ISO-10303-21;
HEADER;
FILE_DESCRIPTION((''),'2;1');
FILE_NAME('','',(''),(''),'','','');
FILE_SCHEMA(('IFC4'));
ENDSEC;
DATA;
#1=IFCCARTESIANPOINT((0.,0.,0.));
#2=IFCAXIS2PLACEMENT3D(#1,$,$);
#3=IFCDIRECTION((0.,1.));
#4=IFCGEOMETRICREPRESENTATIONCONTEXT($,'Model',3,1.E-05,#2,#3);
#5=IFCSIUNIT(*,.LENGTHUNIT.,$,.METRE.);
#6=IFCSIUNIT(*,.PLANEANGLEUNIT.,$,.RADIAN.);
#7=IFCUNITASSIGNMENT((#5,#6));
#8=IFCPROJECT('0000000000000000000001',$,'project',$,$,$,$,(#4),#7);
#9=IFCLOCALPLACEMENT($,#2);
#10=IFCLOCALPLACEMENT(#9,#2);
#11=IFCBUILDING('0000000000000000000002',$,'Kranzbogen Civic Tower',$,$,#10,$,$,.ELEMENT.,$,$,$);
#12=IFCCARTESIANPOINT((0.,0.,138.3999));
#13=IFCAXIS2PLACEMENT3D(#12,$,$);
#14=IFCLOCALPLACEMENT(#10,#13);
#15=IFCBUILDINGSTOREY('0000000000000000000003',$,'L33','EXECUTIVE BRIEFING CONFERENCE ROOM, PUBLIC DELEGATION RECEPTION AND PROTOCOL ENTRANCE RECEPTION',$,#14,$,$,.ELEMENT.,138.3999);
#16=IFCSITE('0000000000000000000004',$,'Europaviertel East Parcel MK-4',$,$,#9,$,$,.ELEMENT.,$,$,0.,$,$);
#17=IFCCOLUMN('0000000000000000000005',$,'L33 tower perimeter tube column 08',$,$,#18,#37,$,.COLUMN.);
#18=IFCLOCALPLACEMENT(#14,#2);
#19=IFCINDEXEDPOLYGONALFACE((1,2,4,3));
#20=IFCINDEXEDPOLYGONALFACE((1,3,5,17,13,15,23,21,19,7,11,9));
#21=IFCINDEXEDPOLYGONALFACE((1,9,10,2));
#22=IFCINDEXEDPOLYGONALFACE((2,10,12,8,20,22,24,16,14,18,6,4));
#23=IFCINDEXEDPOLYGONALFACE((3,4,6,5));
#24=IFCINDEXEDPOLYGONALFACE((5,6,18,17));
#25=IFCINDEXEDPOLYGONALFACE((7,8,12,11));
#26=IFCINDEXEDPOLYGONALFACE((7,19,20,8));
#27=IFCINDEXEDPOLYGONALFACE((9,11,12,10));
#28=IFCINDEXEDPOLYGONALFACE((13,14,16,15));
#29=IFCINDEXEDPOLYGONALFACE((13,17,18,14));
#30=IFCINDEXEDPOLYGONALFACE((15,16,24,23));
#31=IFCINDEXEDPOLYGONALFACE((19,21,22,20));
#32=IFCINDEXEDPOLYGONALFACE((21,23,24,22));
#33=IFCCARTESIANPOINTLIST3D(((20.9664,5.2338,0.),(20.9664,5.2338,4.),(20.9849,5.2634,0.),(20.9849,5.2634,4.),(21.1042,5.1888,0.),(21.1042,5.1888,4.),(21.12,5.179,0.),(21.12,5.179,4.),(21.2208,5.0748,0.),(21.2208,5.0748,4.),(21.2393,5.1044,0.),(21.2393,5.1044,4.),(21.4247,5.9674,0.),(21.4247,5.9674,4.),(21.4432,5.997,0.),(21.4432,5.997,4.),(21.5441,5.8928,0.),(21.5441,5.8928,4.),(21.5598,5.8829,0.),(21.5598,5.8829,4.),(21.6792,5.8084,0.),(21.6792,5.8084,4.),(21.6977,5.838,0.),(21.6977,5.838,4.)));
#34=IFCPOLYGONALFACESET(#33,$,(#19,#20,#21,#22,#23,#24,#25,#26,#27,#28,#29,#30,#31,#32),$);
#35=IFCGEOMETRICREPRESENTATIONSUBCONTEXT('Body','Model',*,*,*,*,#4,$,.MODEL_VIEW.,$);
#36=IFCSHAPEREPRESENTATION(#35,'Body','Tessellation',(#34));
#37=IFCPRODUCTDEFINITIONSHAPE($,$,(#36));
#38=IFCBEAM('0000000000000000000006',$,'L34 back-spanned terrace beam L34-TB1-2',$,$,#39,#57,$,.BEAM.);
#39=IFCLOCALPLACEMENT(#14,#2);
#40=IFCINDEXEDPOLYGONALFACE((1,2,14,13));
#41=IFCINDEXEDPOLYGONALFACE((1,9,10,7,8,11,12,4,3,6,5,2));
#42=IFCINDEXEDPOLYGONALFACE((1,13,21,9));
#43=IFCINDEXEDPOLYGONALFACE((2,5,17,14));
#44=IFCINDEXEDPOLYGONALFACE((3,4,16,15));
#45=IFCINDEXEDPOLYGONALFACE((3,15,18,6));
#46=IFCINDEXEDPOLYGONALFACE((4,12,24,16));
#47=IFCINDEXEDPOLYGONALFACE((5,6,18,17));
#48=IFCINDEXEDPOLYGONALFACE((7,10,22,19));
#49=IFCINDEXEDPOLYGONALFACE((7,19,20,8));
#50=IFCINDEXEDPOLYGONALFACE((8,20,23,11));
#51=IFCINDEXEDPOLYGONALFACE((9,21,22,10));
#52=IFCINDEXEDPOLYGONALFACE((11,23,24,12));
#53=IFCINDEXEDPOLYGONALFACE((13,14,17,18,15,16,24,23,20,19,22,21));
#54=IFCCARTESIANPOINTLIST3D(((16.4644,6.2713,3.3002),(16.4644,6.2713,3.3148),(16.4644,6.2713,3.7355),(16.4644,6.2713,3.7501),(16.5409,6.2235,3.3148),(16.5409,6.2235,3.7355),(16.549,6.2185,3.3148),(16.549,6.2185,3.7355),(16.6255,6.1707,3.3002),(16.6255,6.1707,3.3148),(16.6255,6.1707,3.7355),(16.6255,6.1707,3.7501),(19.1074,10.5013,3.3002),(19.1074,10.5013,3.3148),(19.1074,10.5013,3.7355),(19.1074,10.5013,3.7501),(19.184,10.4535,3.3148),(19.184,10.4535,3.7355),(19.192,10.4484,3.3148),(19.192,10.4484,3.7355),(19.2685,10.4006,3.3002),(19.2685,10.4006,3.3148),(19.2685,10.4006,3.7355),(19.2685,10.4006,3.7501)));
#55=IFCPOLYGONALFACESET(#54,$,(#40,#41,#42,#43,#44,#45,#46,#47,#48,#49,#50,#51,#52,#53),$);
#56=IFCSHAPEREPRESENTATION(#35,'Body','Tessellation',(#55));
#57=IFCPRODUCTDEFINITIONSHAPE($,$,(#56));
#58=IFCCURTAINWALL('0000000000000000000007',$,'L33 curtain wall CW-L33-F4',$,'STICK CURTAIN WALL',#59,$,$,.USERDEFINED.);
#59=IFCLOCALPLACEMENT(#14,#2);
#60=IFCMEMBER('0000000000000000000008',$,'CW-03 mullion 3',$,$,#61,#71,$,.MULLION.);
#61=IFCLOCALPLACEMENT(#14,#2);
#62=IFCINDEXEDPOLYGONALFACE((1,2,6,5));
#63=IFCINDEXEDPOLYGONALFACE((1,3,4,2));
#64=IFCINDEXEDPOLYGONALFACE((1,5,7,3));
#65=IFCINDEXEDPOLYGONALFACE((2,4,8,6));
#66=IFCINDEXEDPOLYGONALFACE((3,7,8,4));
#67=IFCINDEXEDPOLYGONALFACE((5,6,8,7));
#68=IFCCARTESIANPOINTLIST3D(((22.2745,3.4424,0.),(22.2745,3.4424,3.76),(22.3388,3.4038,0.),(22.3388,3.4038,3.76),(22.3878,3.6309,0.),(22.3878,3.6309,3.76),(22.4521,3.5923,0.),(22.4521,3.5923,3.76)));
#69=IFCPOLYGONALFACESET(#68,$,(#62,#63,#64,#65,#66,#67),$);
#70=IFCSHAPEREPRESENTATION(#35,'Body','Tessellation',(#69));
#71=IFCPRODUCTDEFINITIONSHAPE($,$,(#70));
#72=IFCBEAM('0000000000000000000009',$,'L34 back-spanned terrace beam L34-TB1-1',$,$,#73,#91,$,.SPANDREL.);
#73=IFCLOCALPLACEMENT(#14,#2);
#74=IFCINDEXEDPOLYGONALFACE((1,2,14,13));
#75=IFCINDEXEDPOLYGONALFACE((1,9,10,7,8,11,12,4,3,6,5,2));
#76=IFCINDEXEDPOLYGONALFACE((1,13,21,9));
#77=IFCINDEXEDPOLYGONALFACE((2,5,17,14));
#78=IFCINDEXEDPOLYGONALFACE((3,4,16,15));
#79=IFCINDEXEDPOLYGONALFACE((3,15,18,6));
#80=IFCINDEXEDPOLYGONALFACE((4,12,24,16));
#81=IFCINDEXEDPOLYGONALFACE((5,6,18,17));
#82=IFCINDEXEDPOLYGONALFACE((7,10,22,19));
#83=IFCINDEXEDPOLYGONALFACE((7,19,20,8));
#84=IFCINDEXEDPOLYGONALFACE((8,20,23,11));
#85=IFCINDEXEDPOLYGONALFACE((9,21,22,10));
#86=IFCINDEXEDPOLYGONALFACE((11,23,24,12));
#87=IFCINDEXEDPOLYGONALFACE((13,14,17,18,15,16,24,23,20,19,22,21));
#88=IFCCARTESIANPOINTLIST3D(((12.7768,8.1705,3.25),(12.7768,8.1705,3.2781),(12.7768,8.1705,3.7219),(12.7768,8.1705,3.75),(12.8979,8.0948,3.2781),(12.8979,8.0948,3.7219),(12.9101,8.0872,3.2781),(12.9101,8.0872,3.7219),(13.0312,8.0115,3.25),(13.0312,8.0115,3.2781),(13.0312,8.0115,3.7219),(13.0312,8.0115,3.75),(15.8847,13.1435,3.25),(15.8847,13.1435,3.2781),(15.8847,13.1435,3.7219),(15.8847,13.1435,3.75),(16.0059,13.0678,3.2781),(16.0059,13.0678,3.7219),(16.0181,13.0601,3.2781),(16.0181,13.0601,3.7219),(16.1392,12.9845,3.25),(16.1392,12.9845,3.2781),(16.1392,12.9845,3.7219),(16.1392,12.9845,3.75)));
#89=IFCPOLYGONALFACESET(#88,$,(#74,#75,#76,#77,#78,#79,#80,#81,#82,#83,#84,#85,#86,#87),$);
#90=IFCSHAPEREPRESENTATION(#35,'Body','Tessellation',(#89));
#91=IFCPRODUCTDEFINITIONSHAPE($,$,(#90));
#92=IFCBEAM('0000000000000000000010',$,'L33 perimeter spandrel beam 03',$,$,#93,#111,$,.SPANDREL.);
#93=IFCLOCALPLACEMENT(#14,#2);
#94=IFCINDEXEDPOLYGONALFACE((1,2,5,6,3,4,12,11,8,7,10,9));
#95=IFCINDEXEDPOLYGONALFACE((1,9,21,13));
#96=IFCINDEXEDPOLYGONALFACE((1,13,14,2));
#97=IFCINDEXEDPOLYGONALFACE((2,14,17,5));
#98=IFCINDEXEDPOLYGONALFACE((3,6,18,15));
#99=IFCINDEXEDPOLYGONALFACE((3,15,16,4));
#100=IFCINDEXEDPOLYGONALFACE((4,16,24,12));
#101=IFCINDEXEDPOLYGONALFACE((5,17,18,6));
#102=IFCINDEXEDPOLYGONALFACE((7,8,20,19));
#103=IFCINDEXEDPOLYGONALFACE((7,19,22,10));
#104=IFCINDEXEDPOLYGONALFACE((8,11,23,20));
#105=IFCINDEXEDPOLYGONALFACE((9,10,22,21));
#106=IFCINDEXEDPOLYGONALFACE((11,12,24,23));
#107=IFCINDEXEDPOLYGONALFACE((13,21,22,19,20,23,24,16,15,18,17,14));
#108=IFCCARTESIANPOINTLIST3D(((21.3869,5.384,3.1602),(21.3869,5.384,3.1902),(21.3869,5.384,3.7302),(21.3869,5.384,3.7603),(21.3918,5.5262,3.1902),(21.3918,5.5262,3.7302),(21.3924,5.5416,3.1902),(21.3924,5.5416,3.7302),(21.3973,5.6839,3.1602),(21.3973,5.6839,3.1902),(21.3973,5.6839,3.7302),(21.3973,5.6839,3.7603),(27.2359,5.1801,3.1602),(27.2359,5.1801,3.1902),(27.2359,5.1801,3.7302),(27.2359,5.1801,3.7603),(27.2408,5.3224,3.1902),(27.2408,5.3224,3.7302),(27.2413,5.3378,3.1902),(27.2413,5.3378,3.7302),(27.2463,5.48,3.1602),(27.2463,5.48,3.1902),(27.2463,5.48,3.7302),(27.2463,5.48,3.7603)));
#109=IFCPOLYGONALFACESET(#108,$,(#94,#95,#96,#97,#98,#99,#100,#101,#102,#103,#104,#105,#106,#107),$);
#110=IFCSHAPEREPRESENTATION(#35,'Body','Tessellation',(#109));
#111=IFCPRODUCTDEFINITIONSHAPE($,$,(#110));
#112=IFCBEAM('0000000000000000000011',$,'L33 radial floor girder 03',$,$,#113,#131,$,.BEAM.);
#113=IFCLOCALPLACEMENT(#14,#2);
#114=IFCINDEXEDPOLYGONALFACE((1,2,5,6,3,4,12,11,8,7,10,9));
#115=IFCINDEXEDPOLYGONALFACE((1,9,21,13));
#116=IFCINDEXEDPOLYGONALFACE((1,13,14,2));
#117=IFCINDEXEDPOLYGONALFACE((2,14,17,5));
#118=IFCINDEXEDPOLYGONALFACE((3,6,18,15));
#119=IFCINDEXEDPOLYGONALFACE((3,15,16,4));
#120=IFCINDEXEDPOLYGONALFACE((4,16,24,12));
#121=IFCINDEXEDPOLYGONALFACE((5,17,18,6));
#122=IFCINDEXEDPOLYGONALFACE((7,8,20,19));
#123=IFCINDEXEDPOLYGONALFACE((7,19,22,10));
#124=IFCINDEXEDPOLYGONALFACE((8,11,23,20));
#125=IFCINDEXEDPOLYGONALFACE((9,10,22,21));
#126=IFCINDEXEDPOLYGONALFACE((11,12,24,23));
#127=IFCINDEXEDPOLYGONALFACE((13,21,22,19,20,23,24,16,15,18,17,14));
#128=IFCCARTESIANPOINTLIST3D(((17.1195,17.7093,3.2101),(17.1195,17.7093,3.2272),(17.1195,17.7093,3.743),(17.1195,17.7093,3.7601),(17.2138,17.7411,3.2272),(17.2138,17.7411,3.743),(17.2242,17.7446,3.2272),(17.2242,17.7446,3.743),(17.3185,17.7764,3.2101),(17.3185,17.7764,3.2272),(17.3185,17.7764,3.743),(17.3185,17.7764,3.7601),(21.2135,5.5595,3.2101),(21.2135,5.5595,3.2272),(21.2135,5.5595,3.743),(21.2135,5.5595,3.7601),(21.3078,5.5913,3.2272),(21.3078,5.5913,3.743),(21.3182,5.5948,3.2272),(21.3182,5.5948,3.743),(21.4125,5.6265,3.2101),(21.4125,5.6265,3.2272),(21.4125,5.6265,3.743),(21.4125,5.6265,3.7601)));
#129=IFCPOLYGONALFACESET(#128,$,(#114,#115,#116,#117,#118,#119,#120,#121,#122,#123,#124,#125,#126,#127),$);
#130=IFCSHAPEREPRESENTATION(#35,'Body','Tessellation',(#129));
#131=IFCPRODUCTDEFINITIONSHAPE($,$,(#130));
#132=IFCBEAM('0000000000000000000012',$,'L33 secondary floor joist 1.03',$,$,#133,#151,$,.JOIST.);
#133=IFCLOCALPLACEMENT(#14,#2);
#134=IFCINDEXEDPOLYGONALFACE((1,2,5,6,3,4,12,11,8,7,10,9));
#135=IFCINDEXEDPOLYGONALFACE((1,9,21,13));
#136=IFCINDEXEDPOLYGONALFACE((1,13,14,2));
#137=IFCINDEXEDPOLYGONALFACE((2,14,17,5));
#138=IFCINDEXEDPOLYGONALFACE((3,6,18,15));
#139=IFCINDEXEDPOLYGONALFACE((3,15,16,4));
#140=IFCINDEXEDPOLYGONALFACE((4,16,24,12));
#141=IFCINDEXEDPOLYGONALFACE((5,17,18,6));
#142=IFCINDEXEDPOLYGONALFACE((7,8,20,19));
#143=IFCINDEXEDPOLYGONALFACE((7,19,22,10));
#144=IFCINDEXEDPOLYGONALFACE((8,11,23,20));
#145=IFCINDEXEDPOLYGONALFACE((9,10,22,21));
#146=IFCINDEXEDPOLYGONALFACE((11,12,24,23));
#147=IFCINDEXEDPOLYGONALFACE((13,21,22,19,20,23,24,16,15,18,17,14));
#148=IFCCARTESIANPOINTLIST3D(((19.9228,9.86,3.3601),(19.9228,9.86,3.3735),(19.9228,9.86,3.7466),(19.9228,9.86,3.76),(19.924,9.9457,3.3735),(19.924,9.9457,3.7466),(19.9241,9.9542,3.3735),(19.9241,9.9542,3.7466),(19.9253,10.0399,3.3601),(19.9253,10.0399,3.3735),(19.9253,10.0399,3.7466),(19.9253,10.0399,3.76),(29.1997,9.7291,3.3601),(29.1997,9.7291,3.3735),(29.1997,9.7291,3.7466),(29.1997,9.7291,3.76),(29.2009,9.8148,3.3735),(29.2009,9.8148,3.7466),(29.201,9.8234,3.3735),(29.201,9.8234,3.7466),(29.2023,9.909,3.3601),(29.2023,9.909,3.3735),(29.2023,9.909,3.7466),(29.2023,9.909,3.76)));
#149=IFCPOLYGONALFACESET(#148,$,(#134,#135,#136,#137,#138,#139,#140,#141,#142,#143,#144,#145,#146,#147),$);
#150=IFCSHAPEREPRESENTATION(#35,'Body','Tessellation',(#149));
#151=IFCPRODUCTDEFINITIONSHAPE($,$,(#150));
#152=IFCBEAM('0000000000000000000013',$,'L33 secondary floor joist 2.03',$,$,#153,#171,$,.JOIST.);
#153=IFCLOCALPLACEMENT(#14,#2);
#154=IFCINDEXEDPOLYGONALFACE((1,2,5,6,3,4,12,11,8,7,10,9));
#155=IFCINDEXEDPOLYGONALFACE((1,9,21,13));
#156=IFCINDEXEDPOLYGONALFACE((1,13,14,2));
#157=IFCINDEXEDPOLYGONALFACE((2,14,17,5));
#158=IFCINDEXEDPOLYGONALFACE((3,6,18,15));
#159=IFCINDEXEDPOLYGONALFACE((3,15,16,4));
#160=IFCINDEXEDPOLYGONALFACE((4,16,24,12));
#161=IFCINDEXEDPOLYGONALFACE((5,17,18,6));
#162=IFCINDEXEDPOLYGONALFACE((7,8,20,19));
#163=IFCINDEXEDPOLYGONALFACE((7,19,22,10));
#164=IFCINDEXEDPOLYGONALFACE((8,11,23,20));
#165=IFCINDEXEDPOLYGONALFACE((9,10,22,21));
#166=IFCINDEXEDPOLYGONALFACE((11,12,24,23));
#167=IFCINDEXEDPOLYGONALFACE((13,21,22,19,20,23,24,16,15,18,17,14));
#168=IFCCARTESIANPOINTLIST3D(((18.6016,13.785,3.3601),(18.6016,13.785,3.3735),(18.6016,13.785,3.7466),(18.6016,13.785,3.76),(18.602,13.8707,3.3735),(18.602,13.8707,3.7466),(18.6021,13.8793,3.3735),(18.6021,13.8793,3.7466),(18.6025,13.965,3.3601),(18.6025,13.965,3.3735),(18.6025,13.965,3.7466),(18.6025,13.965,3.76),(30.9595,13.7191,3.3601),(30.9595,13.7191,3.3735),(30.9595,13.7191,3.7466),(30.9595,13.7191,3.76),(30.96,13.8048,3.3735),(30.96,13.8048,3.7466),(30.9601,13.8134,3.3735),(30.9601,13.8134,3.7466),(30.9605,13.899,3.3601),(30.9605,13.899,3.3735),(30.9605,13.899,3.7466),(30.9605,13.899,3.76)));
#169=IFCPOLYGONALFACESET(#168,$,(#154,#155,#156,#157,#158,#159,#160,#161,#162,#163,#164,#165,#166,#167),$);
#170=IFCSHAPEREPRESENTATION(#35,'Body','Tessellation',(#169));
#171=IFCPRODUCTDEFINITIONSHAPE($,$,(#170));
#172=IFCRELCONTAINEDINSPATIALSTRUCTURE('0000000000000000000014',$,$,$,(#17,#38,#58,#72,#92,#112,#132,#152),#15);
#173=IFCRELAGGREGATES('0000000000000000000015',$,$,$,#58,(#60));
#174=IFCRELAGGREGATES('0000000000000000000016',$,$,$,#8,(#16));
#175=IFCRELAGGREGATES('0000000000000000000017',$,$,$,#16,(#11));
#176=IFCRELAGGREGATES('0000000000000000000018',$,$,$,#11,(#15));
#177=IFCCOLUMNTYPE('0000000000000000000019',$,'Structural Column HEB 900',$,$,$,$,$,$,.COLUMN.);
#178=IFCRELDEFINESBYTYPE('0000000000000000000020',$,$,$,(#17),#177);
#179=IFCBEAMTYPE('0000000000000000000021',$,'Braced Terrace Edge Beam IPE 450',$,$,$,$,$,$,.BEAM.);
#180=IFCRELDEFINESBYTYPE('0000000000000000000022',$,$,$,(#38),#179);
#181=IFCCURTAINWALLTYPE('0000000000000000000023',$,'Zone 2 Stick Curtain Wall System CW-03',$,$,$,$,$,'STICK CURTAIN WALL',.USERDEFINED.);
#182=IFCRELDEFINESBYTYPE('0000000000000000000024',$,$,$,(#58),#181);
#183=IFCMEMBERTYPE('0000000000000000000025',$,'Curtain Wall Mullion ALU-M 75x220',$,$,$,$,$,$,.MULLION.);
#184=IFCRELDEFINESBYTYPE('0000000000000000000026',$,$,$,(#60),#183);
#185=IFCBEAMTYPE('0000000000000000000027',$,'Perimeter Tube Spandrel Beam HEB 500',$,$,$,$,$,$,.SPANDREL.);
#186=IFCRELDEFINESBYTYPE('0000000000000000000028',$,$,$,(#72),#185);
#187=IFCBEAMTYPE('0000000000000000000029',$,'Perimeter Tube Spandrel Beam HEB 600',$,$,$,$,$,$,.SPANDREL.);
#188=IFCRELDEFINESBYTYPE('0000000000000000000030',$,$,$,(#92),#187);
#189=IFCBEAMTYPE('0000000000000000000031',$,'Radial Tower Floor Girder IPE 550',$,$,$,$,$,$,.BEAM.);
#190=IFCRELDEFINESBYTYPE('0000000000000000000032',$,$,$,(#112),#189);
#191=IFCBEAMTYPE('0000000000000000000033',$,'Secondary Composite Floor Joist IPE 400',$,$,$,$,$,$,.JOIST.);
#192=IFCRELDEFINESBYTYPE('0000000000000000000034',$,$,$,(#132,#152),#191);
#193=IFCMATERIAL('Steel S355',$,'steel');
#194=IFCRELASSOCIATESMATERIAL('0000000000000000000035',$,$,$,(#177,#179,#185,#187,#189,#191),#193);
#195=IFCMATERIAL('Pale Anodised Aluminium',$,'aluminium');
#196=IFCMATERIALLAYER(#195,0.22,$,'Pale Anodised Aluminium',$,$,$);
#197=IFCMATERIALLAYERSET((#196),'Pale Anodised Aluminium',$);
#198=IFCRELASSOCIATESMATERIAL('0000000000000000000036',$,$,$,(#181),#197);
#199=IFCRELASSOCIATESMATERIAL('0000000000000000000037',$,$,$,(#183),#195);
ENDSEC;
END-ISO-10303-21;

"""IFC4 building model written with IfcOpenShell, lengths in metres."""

from ifc_helpers import new_model, si_unit, direction, frame, origin, origin_2d, place, context, subcontext, project, spatial, rectangle, i_section, extrude, material, layer, layer_set, material_profile, profile_set, type_object, element, aggregate, save


model = new_model("IFC4")

# Units and contexts
model_context = context("Model", 3, precision=1e-05, world=origin(), true_north=direction((0.0, 1.0)))
body_context = subcontext(model_context, "Body", "Model", "MODEL_VIEW")
ifc_project = project(units=[si_unit("LENGTHUNIT", "METRE"), si_unit("PLANEANGLEUNIT", "RADIAN")], contexts=[model_context])

# Site, building, storey
site_placement = place(None, origin())
site = spatial("IfcSite", under=ifc_project, at=site_placement, Name="Europaviertel East Parcel MK-4", CompositionType="ELEMENT", RefElevation=0.0)
building_placement = place(site_placement, origin())
building = spatial("IfcBuilding", under=site, at=building_placement, Name="Kranzbogen Civic Tower", CompositionType="ELEMENT")
storey_placement = place(building_placement, frame((0.0, 0.0, 138.3999)))
storey = spatial("IfcBuildingStorey", under=building, at=storey_placement, Name="L33", Description="EXECUTIVE BRIEFING CONFERENCE ROOM, PUBLIC DELEGATION RECEPTION AND PROTOCOL ENTRANCE RECEPTION", CompositionType="ELEMENT", Elevation=138.3999)

# Column
ifc_material_1 = material(Name="Steel S355", Category="steel")
ifc_material_profile_1 = material_profile(ifc_material_1, i_section(OverallWidth=0.3, OverallDepth=0.8999, WebThickness=0.0186, FlangeThickness=0.0349, at=origin_2d()), Name="HEB 900")
ifc_profile_set_1 = profile_set([ifc_material_profile_1], Name="Steel S355")
column_type = type_object("IfcColumnType", Name="Structural Column HEB 900", PredefinedType="COLUMN", material=ifc_profile_set_1)
column_placement = place(storey_placement, frame((21.332, 5.5359, 0.0), z_axis=(0.0, 0.0, 1.0), x_axis=(-0.848048, 0.529919, 0.0)))
element("IfcColumn", 1, at=column_placement, inside=storey, type_object=column_type, Name="L33 tower perimeter tube column 08", PredefinedType="COLUMN", context=body_context, shape_type="SweptSolid", body=[
    extrude(i_section(OverallWidth=0.3, OverallDepth=0.8999, WebThickness=0.0186, FlangeThickness=0.0349, at=origin_2d()), origin(), (0.0, 0.0, 1.0), 4.0),
])

# Beam
ifc_material_profile_2 = material_profile(ifc_material_1, i_section(OverallWidth=0.1899, OverallDepth=0.45, WebThickness=0.0095, FlangeThickness=0.0146, at=origin_2d()), Name="IPE 450")
ifc_profile_set_2 = profile_set([ifc_material_profile_2], Name="Steel S355")
beam_type_1 = type_object("IfcBeamType", Name="Braced Terrace Edge Beam IPE 450", PredefinedType="BEAM", material=ifc_profile_set_2)
beam_1_placement = place(storey_placement, frame((19.188, 10.4509, 3.5251), z_axis=(-0.529902, -0.848059, 0.0), x_axis=(0.848059, -0.529902, 0.0)))
element("IfcBeam", 2, at=beam_1_placement, inside=storey, type_object=beam_type_1, Name="L34 back-spanned terrace beam L34-TB1-2", PredefinedType="BEAM", context=body_context, shape_type="SweptSolid", body=[
    extrude(i_section(OverallWidth=0.1899, OverallDepth=0.45, WebThickness=0.0095, FlangeThickness=0.0146, at=origin_2d()), origin(), (0.0, 0.0, 1.0), 4.9878),
])

# Curtain wall, member
ifc_material_2 = material(Name="Pale Anodised Aluminium", Category="aluminium")
ifc_layer_1 = layer(ifc_material_2, 0.22, Name="Pale Anodised Aluminium")
ifc_layer_set_1 = layer_set([ifc_layer_1], Name="Pale Anodised Aluminium")
curtain_wall_type = type_object("IfcCurtainWallType", Name="Zone 2 Stick Curtain Wall System CW-03", ElementType="STICK CURTAIN WALL", PredefinedType="USERDEFINED", material=ifc_layer_set_1)
curtain_wall_placement = place(storey_placement, origin())
curtain_wall = element("IfcCurtainWall", 3, at=curtain_wall_placement, inside=storey, type_object=curtain_wall_type, Name="L33 curtain wall CW-L33-F4", ObjectType="STICK CURTAIN WALL", PredefinedType="USERDEFINED")
ifc_material_profile_3 = material_profile(ifc_material_2, rectangle(XDim=0.075, YDim=0.22, at=origin_2d()), Name="ALU-M 75x220")
ifc_profile_set_3 = profile_set([ifc_material_profile_3], Name="Pale Anodised Aluminium")
member_type = type_object("IfcMemberType", Name="Curtain Wall Mullion ALU-M 75x220", PredefinedType="MULLION", material=ifc_profile_set_3)
member_placement = place(storey_placement, frame((22.3633, 3.5173, 0.0), z_axis=(0.0, 0.0, 1.0), x_axis=(0.857153, -0.515062, 0.0)))
member = element("IfcMember", 4, at=member_placement, type_object=member_type, Name="CW-03 mullion 3", PredefinedType="MULLION", context=body_context, shape_type="SweptSolid", body=[
    extrude(rectangle(XDim=0.075, YDim=0.22, at=origin_2d()), origin(), (0.0, 0.0, 1.0), 3.76),
])

# Beams
ifc_material_profile_4 = material_profile(ifc_material_1, i_section(OverallWidth=0.3, OverallDepth=0.5, WebThickness=0.0144, FlangeThickness=0.0281, at=origin_2d()), Name="HEB 500")
ifc_profile_set_4 = profile_set([ifc_material_profile_4], Name="Steel S355")
beam_type_2 = type_object("IfcBeamType", Name="Perimeter Tube Spandrel Beam HEB 500", PredefinedType="SPANDREL", material=ifc_profile_set_4)
beam_2_placement = place(storey_placement, frame((16.012, 13.064, 3.5), z_axis=(-0.52998, -0.84801, 0.0), x_axis=(0.84801, -0.52998, 0.0)))
element("IfcBeam", 5, at=beam_2_placement, inside=storey, type_object=beam_type_2, Name="L34 back-spanned terrace beam L34-TB1-1", PredefinedType="SPANDREL", context=body_context, shape_type="SweptSolid", body=[
    extrude(i_section(OverallWidth=0.3, OverallDepth=0.5, WebThickness=0.0144, FlangeThickness=0.0281, at=origin_2d()), origin(), (0.0, 0.0, 1.0), 5.8643),
])
ifc_material_profile_5 = material_profile(ifc_material_1, i_section(OverallWidth=0.3, OverallDepth=0.6001, WebThickness=0.0154, FlangeThickness=0.03, at=origin_2d()), Name="HEB 600")
ifc_profile_set_5 = profile_set([ifc_material_profile_5], Name="Steel S355")
beam_type_3 = type_object("IfcBeamType", Name="Perimeter Tube Spandrel Beam HEB 600", PredefinedType="SPANDREL", material=ifc_profile_set_5)
beam_3_placement = place(storey_placement, frame((21.3921, 5.5339, 3.4602), z_axis=(0.999393, -0.034833, 0.0), x_axis=(0.034833, 0.999393, 0.0)))
element("IfcBeam", 6, at=beam_3_placement, inside=storey, type_object=beam_type_3, Name="L33 perimeter spandrel beam 03", PredefinedType="SPANDREL", context=body_context, shape_type="SweptSolid", body=[
    extrude(i_section(OverallWidth=0.3, OverallDepth=0.6001, WebThickness=0.0154, FlangeThickness=0.03, at=origin_2d()), origin(), (0.0, 0.0, 1.0), 5.8525),
])
ifc_material_profile_6 = material_profile(ifc_material_1, i_section(OverallWidth=0.21, OverallDepth=0.55, WebThickness=0.011, FlangeThickness=0.0171, at=origin_2d()), Name="IPE 550")
ifc_profile_set_6 = profile_set([ifc_material_profile_6], Name="Steel S355")
beam_type_4 = type_object("IfcBeamType", Name="Radial Tower Floor Girder IPE 550", PredefinedType="BEAM", material=ifc_profile_set_6)
beam_4_placement = place(storey_placement, frame((21.313, 5.593, 3.4851), z_axis=(-0.319317, 0.947648, 0.0), x_axis=(-0.947648, -0.319317, 0.0)))
element("IfcBeam", 7, at=beam_4_placement, inside=storey, type_object=beam_type_4, Name="L33 radial floor girder 03", PredefinedType="BEAM", context=body_context, shape_type="SweptSolid", body=[
    extrude(i_section(OverallWidth=0.21, OverallDepth=0.55, WebThickness=0.011, FlangeThickness=0.0171, at=origin_2d()), origin(), (0.0, 0.0, 1.0), 12.821),
])
ifc_material_profile_7 = material_profile(ifc_material_1, i_section(OverallWidth=0.1799, OverallDepth=0.3999, WebThickness=0.0085, FlangeThickness=0.0134, at=origin_2d()), Name="IPE 400")
ifc_profile_set_7 = profile_set([ifc_material_profile_7], Name="Steel S355")
beam_type_5 = type_object("IfcBeamType", Name="Secondary Composite Floor Joist IPE 400", PredefinedType="JOIST", material=ifc_profile_set_7)
beam_5_placement = place(storey_placement, frame((19.9241, 9.95, 3.5601), z_axis=(0.999901, -0.014105, 0.0), x_axis=(0.014105, 0.999901, 0.0)))
element("IfcBeam", 8, at=beam_5_placement, inside=storey, type_object=beam_type_5, Name="L33 secondary floor joist 1.03", PredefinedType="JOIST", context=body_context, shape_type="SweptSolid", body=[
    extrude(i_section(OverallWidth=0.1799, OverallDepth=0.3999, WebThickness=0.0085, FlangeThickness=0.0134, at=origin_2d()), origin(), (0.0, 0.0, 1.0), 9.2778),
])
beam_6_placement = place(storey_placement, frame((18.6021, 13.875, 3.5601), z_axis=(0.999986, -0.005334, 0.0), x_axis=(0.005334, 0.999986, 0.0)))
element("IfcBeam", 9, at=beam_6_placement, inside=storey, type_object=beam_type_5, Name="L33 secondary floor joist 2.03", PredefinedType="JOIST", context=body_context, shape_type="SweptSolid", body=[
    extrude(i_section(OverallWidth=0.1799, OverallDepth=0.3999, WebThickness=0.0085, FlangeThickness=0.0134, at=origin_2d()), origin(), (0.0, 0.0, 1.0), 12.3582),
])

aggregate(curtain_wall, [member])

save(model, "model.ifc")
